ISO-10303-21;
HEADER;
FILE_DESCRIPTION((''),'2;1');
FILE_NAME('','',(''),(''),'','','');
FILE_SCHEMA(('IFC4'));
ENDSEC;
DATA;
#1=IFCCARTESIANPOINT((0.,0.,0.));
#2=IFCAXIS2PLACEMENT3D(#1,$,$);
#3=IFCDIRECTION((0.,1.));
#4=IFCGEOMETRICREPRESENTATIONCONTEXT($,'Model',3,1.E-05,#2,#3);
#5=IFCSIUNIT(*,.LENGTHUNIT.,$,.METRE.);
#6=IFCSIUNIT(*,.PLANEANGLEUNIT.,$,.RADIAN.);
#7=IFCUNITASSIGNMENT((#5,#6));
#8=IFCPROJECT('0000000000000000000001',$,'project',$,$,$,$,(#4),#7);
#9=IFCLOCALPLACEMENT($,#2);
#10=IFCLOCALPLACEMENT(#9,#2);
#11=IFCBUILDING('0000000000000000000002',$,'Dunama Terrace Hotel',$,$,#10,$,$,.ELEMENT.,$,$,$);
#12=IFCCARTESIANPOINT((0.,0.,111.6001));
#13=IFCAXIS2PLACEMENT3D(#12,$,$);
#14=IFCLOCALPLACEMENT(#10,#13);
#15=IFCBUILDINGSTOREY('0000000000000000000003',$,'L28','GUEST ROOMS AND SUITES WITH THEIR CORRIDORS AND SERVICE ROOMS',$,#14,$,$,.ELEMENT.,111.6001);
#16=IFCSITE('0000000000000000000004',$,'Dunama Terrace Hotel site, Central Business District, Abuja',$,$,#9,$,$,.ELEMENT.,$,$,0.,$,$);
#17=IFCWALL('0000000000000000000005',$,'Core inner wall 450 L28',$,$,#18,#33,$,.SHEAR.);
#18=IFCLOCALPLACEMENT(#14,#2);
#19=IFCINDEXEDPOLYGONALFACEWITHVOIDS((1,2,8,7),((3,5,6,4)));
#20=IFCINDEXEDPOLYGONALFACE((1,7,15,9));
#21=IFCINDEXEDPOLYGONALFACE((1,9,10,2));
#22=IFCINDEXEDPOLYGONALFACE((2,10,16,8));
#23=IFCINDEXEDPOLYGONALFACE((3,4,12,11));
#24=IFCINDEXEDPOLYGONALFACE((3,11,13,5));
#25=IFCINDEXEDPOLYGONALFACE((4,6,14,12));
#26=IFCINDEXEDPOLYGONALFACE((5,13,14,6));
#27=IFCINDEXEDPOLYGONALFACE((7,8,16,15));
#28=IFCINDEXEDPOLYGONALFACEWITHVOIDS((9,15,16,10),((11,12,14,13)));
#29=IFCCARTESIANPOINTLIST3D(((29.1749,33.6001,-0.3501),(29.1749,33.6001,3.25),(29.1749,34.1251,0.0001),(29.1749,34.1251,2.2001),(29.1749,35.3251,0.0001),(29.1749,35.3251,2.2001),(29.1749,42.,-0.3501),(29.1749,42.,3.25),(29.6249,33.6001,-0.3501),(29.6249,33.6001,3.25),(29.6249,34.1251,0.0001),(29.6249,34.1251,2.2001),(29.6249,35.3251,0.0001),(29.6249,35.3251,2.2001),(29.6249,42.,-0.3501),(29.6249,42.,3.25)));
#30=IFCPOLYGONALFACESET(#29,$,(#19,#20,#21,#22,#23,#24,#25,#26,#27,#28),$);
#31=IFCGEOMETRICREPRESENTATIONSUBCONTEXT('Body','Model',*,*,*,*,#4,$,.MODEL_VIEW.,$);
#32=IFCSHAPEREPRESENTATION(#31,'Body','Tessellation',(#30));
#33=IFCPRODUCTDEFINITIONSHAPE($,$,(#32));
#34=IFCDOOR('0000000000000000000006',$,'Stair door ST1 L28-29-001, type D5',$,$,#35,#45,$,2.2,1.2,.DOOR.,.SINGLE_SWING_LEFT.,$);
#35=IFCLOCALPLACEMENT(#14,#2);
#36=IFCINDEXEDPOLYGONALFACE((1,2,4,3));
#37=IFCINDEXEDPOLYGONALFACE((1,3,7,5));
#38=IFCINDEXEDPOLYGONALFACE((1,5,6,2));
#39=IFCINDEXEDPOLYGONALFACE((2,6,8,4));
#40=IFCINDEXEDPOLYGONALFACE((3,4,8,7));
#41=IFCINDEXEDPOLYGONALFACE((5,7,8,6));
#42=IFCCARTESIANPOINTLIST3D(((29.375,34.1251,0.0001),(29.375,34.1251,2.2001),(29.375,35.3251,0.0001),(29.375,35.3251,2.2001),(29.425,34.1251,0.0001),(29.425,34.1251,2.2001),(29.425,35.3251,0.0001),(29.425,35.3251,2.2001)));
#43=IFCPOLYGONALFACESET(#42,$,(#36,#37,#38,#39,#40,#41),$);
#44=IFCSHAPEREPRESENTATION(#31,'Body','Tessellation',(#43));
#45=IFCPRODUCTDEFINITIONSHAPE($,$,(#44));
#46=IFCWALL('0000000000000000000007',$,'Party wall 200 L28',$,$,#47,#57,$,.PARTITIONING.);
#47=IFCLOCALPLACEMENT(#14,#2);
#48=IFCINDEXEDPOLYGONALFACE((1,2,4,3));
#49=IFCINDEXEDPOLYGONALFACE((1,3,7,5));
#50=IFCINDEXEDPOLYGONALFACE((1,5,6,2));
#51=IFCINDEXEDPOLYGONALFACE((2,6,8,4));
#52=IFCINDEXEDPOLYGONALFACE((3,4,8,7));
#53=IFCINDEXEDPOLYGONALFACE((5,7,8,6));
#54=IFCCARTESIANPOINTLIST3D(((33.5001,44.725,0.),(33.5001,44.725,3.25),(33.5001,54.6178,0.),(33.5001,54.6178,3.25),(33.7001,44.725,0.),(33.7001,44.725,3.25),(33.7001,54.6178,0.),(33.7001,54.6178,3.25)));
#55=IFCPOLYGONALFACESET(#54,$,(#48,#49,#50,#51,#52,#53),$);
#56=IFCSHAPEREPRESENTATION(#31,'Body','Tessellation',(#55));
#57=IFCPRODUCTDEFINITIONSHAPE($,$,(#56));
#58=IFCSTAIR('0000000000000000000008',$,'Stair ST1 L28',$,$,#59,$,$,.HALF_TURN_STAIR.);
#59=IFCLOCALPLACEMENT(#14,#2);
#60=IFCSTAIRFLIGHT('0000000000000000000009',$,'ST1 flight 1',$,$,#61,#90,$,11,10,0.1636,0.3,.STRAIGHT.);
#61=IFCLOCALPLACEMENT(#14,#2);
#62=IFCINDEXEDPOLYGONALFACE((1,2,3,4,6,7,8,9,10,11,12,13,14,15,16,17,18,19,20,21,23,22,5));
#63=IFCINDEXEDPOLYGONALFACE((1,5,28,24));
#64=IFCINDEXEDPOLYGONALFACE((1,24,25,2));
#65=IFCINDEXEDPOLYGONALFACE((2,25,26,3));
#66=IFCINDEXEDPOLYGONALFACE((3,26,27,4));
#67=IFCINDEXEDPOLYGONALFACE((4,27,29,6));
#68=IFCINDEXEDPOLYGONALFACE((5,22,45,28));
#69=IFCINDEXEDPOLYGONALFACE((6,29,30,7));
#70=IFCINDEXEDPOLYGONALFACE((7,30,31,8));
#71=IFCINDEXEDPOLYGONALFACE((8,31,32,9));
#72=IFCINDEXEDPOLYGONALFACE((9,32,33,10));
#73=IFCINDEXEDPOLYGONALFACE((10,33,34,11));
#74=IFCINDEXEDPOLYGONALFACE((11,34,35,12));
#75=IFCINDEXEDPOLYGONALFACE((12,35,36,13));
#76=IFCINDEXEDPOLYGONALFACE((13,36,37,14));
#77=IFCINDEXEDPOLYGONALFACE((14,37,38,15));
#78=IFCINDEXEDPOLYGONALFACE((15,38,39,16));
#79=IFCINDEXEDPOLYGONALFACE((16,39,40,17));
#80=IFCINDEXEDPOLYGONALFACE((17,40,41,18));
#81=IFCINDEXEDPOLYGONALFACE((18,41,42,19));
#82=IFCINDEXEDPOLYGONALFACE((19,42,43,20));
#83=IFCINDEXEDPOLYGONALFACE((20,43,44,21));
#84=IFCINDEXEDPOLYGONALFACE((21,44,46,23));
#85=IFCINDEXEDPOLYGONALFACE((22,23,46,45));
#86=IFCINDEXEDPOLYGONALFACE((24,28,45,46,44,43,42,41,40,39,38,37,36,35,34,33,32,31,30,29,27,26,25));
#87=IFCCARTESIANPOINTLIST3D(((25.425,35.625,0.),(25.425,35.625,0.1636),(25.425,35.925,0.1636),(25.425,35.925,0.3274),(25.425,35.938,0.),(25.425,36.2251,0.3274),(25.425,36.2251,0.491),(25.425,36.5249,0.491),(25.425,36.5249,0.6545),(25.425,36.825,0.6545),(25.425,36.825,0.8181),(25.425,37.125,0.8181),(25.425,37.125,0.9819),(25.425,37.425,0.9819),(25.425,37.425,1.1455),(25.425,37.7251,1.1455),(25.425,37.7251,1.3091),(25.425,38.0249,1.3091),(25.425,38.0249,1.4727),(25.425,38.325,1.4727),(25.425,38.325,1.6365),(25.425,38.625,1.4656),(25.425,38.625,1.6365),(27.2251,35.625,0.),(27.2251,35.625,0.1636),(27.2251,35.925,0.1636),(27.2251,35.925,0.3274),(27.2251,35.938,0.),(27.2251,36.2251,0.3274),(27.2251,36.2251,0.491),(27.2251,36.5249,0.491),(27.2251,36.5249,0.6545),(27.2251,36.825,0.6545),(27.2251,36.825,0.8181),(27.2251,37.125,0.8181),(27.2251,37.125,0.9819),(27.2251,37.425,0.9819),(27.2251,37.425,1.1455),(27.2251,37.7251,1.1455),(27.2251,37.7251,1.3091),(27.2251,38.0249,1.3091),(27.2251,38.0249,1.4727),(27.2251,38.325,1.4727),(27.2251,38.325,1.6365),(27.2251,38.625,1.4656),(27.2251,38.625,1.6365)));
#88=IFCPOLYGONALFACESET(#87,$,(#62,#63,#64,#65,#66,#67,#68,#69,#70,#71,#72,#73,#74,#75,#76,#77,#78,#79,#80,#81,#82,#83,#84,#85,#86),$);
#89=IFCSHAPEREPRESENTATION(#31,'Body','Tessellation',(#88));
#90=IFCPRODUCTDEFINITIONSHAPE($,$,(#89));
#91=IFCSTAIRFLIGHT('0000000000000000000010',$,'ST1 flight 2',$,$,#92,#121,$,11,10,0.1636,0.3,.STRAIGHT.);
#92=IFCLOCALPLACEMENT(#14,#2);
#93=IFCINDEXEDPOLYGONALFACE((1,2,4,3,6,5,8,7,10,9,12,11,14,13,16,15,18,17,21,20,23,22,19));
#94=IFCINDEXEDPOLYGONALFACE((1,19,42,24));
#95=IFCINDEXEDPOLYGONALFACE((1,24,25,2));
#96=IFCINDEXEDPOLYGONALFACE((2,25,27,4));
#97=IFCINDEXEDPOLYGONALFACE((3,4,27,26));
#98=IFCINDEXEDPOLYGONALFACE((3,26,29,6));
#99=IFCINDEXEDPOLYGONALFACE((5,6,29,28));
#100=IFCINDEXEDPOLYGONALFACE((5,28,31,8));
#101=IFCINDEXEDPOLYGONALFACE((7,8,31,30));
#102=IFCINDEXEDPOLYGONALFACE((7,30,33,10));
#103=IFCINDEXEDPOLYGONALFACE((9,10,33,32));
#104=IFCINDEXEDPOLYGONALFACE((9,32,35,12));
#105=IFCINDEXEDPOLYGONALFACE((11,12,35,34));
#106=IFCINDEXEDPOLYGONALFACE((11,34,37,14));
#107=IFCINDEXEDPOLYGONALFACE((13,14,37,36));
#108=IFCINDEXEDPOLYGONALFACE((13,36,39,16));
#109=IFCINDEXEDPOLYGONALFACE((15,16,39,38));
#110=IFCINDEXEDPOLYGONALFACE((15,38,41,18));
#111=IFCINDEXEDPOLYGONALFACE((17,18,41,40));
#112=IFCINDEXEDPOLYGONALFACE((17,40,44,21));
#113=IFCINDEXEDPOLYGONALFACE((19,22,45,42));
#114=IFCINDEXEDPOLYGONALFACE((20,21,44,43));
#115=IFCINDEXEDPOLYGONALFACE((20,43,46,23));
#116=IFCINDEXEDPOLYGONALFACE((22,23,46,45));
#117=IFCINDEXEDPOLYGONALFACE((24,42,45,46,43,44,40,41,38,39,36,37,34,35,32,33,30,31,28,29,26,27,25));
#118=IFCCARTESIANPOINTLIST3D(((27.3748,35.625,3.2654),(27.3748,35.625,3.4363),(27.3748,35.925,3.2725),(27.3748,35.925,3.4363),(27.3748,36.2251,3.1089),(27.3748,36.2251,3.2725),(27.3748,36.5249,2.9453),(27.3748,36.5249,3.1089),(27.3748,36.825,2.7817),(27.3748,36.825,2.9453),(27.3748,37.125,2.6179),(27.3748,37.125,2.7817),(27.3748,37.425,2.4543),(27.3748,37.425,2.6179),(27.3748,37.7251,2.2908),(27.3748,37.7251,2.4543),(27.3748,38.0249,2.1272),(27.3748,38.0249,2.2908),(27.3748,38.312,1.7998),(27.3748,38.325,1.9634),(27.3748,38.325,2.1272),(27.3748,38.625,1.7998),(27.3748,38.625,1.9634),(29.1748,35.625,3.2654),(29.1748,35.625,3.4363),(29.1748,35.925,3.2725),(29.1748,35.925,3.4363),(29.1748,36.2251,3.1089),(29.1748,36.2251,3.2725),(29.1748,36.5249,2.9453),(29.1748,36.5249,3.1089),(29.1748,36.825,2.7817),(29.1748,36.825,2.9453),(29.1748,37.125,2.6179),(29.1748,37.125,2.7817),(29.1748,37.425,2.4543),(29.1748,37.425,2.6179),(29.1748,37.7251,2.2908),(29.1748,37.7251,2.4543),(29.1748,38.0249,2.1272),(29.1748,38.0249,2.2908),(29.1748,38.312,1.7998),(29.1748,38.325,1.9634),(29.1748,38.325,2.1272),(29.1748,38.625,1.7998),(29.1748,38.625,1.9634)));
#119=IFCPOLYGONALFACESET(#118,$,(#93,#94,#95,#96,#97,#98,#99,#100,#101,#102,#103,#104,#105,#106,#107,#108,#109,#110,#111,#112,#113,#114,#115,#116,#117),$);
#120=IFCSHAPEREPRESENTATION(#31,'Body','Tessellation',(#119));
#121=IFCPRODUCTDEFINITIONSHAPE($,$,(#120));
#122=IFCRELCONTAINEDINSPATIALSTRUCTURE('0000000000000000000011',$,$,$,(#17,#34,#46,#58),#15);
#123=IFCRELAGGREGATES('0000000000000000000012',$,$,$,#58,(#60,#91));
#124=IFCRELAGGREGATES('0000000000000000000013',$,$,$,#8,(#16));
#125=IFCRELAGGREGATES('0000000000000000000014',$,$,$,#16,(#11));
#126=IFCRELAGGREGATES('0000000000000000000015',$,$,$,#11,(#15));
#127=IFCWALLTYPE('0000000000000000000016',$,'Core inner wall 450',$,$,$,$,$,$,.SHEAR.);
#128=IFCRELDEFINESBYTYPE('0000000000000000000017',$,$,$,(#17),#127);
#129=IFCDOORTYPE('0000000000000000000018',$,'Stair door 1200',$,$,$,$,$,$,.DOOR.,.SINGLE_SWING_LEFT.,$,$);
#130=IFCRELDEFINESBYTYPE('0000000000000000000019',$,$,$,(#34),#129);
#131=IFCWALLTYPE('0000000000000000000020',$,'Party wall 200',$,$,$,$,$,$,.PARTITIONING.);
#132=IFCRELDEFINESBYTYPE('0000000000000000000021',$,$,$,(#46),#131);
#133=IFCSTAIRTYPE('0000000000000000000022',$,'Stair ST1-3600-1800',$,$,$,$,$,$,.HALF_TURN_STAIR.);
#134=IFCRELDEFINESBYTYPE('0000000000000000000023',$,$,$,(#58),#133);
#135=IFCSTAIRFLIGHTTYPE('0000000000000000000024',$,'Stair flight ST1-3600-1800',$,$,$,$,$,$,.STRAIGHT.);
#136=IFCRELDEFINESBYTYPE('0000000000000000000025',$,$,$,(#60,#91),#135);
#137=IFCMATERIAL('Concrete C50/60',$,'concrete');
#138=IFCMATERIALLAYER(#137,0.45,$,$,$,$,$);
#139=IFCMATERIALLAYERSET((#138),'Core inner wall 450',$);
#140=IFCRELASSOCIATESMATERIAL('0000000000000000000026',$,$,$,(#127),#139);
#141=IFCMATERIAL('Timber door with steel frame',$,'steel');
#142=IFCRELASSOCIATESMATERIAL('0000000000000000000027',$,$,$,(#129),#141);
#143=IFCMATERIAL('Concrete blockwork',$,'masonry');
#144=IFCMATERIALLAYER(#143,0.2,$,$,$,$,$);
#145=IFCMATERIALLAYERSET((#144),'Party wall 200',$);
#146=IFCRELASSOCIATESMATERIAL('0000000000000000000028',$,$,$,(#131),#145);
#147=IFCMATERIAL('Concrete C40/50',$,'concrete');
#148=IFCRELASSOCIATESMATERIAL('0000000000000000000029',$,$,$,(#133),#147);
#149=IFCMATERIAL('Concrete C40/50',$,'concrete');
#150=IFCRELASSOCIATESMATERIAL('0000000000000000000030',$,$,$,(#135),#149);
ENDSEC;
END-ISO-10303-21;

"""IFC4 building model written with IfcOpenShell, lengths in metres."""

from ifc_helpers import new_model, si_unit, direction, frame, frame_2d, origin, place, context, subcontext, project, spatial, polyline, rectangle, outline, extrude, material, layer, layer_set, type_object, element, fill, aggregate, save


model = new_model("IFC4")

# Units and contexts
model_context = context("Model", 3, precision=1e-05, world=origin(), true_north=direction((0.0, 1.0)))
body_context = subcontext(model_context, "Body", "Model", "MODEL_VIEW")
ifc_project = project(units=[si_unit("LENGTHUNIT", "METRE"), si_unit("PLANEANGLEUNIT", "RADIAN")], contexts=[model_context])

# Site, building, storey
site_placement = place(None, origin())
site = spatial("IfcSite", under=ifc_project, at=site_placement, Name="Dunama Terrace Hotel site, Central Business District, Abuja", CompositionType="ELEMENT", RefElevation=0.0)
building_placement = place(site_placement, origin())
building = spatial("IfcBuilding", under=site, at=building_placement, Name="Dunama Terrace Hotel", CompositionType="ELEMENT")
storey_placement = place(building_placement, frame((0.0, 0.0, 111.6001)))
storey = spatial("IfcBuildingStorey", under=building, at=storey_placement, Name="L28", Description="GUEST ROOMS AND SUITES WITH THEIR CORRIDORS AND SERVICE ROOMS", CompositionType="ELEMENT", Elevation=111.6001)

# Wall, opening, door
ifc_material_1 = material(Name="Concrete C50/60", Category="concrete")
ifc_layer_1 = layer(ifc_material_1, 0.45)
ifc_layer_set_1 = layer_set([ifc_layer_1], Name="Core inner wall 450")
wall_type_1 = type_object("IfcWallType", Name="Core inner wall 450", PredefinedType="SHEAR", material=ifc_layer_set_1)
wall_1_placement = place(storey_placement, frame((29.3999, 33.6001, -0.3501), z_axis=(0.0, 0.0, 1.0), x_axis=(0.0, 1.0, 0.0)))
wall_1 = element("IfcWall", 1, at=wall_1_placement, inside=storey, type_object=wall_type_1, Name="Core inner wall 450 L28", PredefinedType="SHEAR", context=body_context, shape_type="SweptSolid", body=[
    extrude(rectangle(XDim=8.3999, YDim=0.45, at=frame_2d((4.2, 0.0))), origin(), (0.0, 0.0, 1.0), 3.6001),
])
opening_1_placement = place(wall_1_placement, frame((0.5249, 0.0, 0.3501)))
opening_1 = element("IfcOpeningElement", 2, at=opening_1_placement, cuts=wall_1, PredefinedType="OPENING", context=body_context, shape_type="SweptSolid", body=[
    extrude(rectangle(XDim=1.2, YDim=2.2, at=frame_2d((0.6001, 1.1001))), frame((0.0, 0.2349, 0.0), z_axis=(0.0, -1.0, 0.0), x_axis=(1.0, 0.0, 0.0)), (0.0, 0.0, 1.0), 0.47),
])
ifc_material_2 = material(Name="Timber door with steel frame", Category="steel")
door_type_1 = type_object("IfcDoorType", Name="Stair door 1200", OperationType="SINGLE_SWING_LEFT", PredefinedType="DOOR", material=ifc_material_2)
door_1_placement = place(opening_1_placement, origin())
door_1 = element("IfcDoor", 3, at=door_1_placement, inside=storey, type_object=door_type_1, Name="Stair door ST1 L28-29-001, type D5", OperationType="SINGLE_SWING_LEFT", OverallHeight=2.2, OverallWidth=1.2, PredefinedType="DOOR", context=body_context, shape_type="SweptSolid", body=[
    extrude(rectangle(XDim=1.2, YDim=2.2, at=frame_2d((0.6001, 1.1001))), frame((0.0, 0.0249, 0.0), z_axis=(0.0, -1.0, 0.0), x_axis=(1.0, 0.0, 0.0)), (0.0, 0.0, 1.0), 0.05),
])
fill(opening_1, door_1)

# Wall
ifc_material_3 = material(Name="Concrete blockwork", Category="masonry")
ifc_layer_2 = layer(ifc_material_3, 0.2)
ifc_layer_set_2 = layer_set([ifc_layer_2], Name="Party wall 200")
wall_type_2 = type_object("IfcWallType", Name="Party wall 200", PredefinedType="PARTITIONING", material=ifc_layer_set_2)
wall_2_placement = place(storey_placement, frame((33.6001, 44.7251, 0.0), z_axis=(0.0, 0.0, 1.0), x_axis=(0.0, 1.0, 0.0)))
element("IfcWall", 4, at=wall_2_placement, inside=storey, type_object=wall_type_2, Name="Party wall 200 L28", PredefinedType="PARTITIONING", context=body_context, shape_type="SweptSolid", body=[
    extrude(rectangle(XDim=9.8928, YDim=0.2, at=frame_2d((4.9463, 0.0))), origin(), (0.0, 0.0, 1.0), 3.25),
])

# Stair, stair flights
ifc_material_4 = material(Name="Concrete C40/50", Category="concrete")
stair_type = type_object("IfcStairType", Name="Stair ST1-3600-1800", PredefinedType="HALF_TURN_STAIR", material=ifc_material_4)
stair_placement = place(storey_placement, origin())
stair = element("IfcStair", 5, at=stair_placement, inside=storey, type_object=stair_type, Name="Stair ST1 L28", PredefinedType="HALF_TURN_STAIR")
ifc_material_5 = material(Name="Concrete C40/50", Category="concrete")
stair_flight_type = type_object("IfcStairFlightType", Name="Stair flight ST1-3600-1800", PredefinedType="STRAIGHT", material=ifc_material_5)
stair_flight_1_placement = place(storey_placement, frame((26.325, 35.625, 0.0), z_axis=(0.0, 0.0, 1.0), x_axis=(0.0, 1.0, 0.0)))
stair_flight_1 = element("IfcStairFlight", 6, at=stair_flight_1_placement, type_object=stair_flight_type, Name="ST1 flight 1", NumberOfRisers=11, NumberOfTreads=10, PredefinedType="STRAIGHT", RiserHeight=0.1636, TreadLength=0.3, context=body_context, shape_type="SweptSolid", body=[
    extrude(outline(polyline([(0.0, 0.0), (0.0, 0.1636), (0.3, 0.1636), (0.3, 0.3274), (0.6001, 0.3274), (0.6001, 0.491), (0.8999, 0.491), (0.8999, 0.6545), (1.2, 0.6545), (1.2, 0.8181), (1.5, 0.8181), (1.5, 0.9819), (1.8, 0.9819), (1.8, 1.1455), (2.1001, 1.1455), (2.1001, 1.3091), (2.3999, 1.3091), (2.3999, 1.4727), (2.7, 1.4727), (2.7, 1.6365), (3.0, 1.6365), (3.0, 1.8), (3.0, 1.4656), (0.313, 0.0), (0.0, 0.0)])), frame((0.0, 0.8999, 0.0), z_axis=(0.0, -1.0, 0.0), x_axis=(1.0, 0.0, 0.0)), (0.0, 0.0, 1.0), 1.8),
])
stair_flight_2_placement = place(storey_placement, frame((28.2749, 38.625, 1.7998), z_axis=(0.0, 0.0, 1.0), x_axis=(0.0, -1.0, 0.0)))
stair_flight_2 = element("IfcStairFlight", 7, at=stair_flight_2_placement, type_object=stair_flight_type, Name="ST1 flight 2", NumberOfRisers=11, NumberOfTreads=10, PredefinedType="STRAIGHT", RiserHeight=0.1636, TreadLength=0.3, context=body_context, shape_type="SweptSolid", body=[
    extrude(outline(polyline([(0.0, 0.0), (0.0, 0.1636), (0.3, 0.1636), (0.3, 0.3274), (0.6001, 0.3274), (0.6001, 0.491), (0.8999, 0.491), (0.8999, 0.6545), (1.2, 0.6545), (1.2, 0.8181), (1.5, 0.8181), (1.5, 0.9819), (1.8, 0.9819), (1.8, 1.1455), (2.1001, 1.1455), (2.1001, 1.3091), (2.3999, 1.3091), (2.3999, 1.4727), (2.7, 1.4727), (2.7, 1.6365), (3.0, 1.6365), (3.0, 1.8), (3.0, 1.4656), (0.313, 0.0), (0.0, 0.0)])), frame((0.0, 0.8999, 0.0), z_axis=(0.0, -1.0, 0.0), x_axis=(1.0, 0.0, 0.0)), (0.0, 0.0, 1.0), 1.8),
])
aggregate(stair, [stair_flight_1, stair_flight_2])

save(model, "model.ifc")
